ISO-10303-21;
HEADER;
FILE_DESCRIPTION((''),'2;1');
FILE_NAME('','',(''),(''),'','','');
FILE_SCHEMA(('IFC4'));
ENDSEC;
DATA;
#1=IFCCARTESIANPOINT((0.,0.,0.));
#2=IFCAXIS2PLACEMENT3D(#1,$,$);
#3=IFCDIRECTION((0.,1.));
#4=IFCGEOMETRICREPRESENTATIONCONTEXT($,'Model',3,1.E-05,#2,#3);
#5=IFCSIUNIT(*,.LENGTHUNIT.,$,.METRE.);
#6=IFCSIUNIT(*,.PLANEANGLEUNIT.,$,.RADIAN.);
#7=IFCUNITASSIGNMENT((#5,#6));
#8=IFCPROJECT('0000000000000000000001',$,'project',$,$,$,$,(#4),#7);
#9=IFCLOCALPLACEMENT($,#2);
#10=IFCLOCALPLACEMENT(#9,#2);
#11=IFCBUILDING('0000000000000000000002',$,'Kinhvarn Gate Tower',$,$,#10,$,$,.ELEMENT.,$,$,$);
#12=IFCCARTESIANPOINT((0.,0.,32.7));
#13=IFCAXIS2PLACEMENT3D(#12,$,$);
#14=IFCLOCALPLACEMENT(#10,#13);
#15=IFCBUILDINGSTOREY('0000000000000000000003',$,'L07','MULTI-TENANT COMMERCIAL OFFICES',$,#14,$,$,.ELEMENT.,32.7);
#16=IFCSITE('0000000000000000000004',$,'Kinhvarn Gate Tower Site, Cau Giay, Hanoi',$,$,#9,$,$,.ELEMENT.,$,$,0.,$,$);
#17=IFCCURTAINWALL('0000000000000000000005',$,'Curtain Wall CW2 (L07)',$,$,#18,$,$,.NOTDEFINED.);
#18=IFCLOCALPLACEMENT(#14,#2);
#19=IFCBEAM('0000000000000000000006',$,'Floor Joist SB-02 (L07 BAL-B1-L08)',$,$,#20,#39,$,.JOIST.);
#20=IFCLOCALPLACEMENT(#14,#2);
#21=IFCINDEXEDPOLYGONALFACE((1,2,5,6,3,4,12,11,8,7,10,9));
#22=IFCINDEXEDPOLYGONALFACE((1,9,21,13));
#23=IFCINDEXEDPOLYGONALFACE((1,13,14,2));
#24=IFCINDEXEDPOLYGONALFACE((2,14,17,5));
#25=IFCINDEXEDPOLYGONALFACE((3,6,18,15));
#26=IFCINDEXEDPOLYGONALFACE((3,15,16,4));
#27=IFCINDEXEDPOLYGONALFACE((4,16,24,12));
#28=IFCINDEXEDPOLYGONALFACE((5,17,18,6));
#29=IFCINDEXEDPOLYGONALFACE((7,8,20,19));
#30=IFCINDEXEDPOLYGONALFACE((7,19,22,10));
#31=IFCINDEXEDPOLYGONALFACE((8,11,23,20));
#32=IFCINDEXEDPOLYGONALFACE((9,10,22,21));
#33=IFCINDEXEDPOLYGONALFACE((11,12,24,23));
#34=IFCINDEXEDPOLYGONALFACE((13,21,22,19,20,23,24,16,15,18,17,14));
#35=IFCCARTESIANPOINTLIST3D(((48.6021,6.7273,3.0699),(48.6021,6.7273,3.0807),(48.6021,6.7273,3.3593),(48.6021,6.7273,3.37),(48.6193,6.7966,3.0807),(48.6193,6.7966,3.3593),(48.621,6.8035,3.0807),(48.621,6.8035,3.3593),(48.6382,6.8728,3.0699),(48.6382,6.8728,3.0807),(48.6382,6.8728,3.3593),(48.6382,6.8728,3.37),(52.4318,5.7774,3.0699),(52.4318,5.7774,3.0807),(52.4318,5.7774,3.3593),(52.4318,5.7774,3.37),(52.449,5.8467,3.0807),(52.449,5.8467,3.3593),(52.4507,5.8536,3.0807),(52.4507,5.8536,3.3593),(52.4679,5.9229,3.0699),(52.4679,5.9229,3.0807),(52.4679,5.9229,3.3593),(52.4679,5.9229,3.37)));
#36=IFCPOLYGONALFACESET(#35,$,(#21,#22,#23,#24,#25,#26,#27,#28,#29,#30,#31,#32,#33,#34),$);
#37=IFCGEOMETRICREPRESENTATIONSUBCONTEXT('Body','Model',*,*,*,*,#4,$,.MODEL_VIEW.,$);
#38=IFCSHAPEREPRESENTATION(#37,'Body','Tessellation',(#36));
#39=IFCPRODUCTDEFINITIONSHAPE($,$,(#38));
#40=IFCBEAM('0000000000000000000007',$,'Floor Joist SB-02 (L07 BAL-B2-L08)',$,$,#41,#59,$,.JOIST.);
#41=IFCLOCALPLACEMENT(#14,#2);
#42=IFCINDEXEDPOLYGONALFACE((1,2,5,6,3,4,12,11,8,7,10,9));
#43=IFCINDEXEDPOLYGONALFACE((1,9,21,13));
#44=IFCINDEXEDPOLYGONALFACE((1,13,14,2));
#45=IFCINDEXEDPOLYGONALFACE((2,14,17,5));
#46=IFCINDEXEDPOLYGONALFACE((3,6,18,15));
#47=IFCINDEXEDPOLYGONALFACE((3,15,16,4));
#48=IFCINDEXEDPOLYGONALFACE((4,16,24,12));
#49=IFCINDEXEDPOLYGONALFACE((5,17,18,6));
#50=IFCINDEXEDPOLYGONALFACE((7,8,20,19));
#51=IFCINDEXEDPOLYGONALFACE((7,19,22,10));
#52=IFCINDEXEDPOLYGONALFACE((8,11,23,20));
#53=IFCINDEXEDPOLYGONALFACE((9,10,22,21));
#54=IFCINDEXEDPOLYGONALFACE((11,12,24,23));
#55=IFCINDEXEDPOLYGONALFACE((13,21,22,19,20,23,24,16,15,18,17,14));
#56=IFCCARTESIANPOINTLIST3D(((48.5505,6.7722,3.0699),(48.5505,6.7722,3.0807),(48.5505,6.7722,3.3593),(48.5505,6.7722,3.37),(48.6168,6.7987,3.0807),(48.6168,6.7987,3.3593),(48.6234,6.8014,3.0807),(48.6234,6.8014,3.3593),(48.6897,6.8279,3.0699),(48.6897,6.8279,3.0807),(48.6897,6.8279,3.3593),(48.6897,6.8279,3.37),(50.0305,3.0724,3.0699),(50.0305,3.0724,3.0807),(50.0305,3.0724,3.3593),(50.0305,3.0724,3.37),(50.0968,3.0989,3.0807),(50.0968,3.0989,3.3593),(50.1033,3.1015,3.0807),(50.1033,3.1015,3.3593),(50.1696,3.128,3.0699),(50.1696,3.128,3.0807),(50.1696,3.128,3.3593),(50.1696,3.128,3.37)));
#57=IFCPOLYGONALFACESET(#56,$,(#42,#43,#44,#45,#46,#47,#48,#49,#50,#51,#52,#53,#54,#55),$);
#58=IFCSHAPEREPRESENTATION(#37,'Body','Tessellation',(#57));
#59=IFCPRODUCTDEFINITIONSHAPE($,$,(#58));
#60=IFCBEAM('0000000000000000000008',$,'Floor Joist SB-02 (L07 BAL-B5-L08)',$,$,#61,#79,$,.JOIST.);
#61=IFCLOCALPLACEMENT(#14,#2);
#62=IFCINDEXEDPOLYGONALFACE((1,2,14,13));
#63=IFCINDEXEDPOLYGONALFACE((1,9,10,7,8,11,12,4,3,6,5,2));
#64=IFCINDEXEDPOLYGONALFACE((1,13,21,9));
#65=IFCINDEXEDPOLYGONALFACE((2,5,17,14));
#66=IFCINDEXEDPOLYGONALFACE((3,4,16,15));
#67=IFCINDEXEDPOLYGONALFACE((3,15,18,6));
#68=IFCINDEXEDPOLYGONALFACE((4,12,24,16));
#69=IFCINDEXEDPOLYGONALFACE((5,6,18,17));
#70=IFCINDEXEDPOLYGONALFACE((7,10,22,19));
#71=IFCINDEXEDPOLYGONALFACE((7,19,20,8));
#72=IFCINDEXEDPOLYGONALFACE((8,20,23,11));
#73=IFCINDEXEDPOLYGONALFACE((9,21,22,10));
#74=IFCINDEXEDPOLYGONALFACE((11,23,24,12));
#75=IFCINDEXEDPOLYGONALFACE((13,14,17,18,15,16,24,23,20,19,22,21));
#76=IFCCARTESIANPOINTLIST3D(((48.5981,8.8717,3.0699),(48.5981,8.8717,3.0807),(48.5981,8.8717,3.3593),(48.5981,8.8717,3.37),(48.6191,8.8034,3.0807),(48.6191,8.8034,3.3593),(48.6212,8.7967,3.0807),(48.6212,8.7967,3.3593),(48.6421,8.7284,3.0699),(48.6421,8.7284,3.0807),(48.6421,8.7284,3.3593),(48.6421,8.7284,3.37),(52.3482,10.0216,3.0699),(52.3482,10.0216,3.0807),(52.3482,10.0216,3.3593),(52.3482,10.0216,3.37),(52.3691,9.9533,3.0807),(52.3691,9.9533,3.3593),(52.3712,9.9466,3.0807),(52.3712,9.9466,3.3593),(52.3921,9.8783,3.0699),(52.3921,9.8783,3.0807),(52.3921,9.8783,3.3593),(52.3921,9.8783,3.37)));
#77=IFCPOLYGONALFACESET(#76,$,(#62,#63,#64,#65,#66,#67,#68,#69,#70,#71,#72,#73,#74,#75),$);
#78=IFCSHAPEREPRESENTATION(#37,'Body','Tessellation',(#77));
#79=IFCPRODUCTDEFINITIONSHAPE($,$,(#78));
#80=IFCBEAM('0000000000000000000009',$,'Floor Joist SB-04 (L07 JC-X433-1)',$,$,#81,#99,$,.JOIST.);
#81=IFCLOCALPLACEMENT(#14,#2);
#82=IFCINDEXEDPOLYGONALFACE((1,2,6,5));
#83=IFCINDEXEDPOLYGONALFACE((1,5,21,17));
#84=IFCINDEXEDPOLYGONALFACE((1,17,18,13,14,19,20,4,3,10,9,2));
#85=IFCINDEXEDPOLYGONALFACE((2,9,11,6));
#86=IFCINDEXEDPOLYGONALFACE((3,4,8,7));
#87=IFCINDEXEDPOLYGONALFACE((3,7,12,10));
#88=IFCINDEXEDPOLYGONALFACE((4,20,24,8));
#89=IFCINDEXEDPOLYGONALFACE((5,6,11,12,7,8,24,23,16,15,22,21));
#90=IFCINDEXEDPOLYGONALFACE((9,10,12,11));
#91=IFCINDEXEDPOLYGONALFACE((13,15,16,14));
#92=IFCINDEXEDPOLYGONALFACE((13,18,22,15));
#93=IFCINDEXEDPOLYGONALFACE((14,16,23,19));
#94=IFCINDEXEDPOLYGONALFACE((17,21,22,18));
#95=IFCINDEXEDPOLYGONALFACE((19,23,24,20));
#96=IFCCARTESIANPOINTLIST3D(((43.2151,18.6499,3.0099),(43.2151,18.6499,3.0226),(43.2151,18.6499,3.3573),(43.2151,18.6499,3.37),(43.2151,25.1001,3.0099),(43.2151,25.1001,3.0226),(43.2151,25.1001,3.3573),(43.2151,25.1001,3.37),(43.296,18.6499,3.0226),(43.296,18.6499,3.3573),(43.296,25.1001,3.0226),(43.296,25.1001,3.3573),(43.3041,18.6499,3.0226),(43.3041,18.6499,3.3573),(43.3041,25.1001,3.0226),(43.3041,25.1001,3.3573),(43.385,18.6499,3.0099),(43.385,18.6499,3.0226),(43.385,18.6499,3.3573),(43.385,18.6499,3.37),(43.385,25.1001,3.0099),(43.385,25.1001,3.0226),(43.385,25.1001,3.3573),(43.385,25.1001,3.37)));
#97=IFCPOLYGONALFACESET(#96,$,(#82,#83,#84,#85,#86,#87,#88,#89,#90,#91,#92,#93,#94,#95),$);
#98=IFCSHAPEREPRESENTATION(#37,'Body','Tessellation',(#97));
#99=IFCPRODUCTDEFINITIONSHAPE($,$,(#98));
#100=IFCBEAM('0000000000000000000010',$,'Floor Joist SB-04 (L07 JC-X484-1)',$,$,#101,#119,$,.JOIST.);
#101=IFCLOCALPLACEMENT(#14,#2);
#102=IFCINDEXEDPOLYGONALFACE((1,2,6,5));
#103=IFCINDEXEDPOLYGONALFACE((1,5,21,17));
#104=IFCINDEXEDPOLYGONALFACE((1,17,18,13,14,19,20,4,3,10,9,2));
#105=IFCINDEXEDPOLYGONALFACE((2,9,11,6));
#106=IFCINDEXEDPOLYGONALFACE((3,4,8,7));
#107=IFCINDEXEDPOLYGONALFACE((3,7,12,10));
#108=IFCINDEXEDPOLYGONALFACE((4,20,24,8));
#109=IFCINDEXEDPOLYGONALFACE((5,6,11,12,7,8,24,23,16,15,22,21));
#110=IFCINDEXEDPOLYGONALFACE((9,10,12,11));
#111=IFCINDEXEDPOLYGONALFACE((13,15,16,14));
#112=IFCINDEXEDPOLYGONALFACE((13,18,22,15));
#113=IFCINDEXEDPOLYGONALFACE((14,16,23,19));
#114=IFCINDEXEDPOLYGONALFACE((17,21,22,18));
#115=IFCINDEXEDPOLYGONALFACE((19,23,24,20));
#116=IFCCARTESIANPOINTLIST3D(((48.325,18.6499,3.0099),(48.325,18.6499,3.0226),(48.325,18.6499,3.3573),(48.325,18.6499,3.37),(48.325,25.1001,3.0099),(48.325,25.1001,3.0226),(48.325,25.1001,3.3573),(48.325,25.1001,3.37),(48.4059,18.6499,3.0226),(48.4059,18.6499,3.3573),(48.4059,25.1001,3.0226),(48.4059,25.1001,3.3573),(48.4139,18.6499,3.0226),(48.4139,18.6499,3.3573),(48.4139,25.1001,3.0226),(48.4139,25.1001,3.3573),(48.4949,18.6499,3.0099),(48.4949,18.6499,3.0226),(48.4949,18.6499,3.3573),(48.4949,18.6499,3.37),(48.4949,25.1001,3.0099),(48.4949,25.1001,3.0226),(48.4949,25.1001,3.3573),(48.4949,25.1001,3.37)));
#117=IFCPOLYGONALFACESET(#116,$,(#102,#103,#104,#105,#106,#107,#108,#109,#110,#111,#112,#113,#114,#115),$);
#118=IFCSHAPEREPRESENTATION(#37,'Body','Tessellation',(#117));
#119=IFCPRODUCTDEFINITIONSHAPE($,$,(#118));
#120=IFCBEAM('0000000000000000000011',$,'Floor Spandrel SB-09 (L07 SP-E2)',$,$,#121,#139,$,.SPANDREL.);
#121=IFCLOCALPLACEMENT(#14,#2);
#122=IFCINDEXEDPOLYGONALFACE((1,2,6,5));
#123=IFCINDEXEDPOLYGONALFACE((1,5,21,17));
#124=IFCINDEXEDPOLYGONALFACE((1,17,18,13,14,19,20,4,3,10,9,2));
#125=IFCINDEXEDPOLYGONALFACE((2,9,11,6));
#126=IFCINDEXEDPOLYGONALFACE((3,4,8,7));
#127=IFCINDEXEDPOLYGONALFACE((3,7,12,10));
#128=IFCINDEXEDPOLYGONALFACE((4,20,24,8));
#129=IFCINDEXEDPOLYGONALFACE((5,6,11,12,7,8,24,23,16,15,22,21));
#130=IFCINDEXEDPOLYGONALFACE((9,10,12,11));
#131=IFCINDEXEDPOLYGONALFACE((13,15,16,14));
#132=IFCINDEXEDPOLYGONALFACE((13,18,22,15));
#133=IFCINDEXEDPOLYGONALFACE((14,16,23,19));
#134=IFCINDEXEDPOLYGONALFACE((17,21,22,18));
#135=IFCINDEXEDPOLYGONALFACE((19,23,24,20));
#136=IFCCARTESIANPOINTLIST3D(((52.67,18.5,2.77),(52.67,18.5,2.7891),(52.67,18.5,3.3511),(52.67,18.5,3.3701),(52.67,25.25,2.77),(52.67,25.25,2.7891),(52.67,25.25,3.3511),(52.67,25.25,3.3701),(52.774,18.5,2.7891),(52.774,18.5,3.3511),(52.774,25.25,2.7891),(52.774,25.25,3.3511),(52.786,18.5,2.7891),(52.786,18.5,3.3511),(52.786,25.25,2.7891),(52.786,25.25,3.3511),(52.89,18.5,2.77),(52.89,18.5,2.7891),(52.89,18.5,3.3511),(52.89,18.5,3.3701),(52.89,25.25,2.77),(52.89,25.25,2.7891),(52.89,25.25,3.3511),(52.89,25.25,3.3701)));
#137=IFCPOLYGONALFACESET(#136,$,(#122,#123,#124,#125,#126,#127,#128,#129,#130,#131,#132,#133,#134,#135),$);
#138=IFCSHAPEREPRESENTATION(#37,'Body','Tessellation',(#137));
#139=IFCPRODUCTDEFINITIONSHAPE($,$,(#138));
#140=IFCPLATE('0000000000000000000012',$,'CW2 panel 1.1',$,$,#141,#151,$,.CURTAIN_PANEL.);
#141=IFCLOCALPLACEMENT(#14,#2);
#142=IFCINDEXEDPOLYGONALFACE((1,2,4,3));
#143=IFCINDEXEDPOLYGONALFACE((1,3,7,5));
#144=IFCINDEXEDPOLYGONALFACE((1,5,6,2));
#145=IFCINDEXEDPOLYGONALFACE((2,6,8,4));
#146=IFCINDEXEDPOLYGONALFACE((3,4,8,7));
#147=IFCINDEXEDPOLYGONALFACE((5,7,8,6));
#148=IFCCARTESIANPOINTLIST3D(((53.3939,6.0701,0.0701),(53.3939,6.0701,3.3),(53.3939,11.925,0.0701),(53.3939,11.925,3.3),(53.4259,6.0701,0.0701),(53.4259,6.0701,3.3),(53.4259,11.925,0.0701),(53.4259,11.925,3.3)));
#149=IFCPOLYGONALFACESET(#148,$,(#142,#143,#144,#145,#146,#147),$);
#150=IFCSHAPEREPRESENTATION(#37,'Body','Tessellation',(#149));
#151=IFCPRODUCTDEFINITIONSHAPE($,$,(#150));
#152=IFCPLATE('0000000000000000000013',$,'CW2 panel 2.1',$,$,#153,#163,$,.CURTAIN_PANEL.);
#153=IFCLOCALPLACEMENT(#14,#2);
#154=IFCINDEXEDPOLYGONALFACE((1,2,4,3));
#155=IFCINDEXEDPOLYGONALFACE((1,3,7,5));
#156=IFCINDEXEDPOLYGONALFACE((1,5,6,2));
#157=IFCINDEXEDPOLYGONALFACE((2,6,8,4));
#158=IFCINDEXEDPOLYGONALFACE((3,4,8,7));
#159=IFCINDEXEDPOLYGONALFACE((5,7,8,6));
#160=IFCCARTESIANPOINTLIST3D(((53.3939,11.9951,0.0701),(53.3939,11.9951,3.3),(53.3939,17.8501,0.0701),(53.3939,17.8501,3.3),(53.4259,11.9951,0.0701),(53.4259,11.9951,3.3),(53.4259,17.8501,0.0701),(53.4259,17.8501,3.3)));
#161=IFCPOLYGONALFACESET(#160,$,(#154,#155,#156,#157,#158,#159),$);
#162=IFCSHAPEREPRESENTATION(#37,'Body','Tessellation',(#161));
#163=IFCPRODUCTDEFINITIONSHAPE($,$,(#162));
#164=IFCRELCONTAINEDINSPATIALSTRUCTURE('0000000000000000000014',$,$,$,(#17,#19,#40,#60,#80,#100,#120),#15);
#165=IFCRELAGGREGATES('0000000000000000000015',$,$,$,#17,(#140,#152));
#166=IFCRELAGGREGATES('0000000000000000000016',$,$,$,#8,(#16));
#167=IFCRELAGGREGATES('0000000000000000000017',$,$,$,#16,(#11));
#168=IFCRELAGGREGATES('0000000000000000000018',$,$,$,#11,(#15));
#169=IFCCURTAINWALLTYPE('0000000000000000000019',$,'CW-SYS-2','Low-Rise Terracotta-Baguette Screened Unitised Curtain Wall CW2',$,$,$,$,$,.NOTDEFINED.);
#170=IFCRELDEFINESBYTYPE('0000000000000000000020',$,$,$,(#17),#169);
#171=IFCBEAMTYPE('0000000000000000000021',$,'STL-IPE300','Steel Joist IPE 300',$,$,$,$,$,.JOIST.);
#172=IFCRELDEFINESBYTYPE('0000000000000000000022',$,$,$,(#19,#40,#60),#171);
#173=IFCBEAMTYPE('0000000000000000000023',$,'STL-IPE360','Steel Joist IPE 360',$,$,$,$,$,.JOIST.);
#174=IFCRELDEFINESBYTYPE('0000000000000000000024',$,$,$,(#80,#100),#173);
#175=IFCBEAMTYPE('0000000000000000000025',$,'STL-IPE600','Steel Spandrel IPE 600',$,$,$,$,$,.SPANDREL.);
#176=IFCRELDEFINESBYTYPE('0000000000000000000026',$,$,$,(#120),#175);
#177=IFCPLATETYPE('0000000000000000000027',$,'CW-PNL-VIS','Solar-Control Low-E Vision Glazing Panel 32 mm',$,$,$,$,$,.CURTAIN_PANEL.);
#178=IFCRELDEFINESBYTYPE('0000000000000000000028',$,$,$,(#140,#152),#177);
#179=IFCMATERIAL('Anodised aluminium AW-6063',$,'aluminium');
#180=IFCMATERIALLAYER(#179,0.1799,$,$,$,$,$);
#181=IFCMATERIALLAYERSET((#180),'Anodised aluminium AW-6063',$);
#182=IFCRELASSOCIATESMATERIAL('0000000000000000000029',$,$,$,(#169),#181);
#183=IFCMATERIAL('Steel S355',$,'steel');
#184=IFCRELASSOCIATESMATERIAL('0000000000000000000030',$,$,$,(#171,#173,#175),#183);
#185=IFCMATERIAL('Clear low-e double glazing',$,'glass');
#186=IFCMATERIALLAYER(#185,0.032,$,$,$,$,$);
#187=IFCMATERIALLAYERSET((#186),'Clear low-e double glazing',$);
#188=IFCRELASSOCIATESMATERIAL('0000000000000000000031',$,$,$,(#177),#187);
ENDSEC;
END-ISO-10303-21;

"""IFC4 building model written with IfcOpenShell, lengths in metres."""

from ifc_helpers import new_model, si_unit, direction, frame, origin, origin_2d, place, context, subcontext, project, spatial, rectangle, i_section, extrude, material, layer, layer_set, material_profile, profile_set, type_object, element, aggregate, save


model = new_model("IFC4")

# Units and contexts
model_context = context("Model", 3, precision=1e-05, world=origin(), true_north=direction((0.0, 1.0)))
body_context = subcontext(model_context, "Body", "Model", "MODEL_VIEW")
ifc_project = project(units=[si_unit("LENGTHUNIT", "METRE"), si_unit("PLANEANGLEUNIT", "RADIAN")], contexts=[model_context])

# Site, building, storey
site_placement = place(None, origin())
site = spatial("IfcSite", under=ifc_project, at=site_placement, Name="Kinhvarn Gate Tower Site, Cau Giay, Hanoi", CompositionType="ELEMENT", RefElevation=0.0)
building_placement = place(site_placement, origin())
building = spatial("IfcBuilding", under=site, at=building_placement, Name="Kinhvarn Gate Tower", CompositionType="ELEMENT")
storey_placement = place(building_placement, frame((0.0, 0.0, 32.7)))
storey = spatial("IfcBuildingStorey", under=building, at=storey_placement, Name="L07", Description="MULTI-TENANT COMMERCIAL OFFICES", CompositionType="ELEMENT", Elevation=32.7)

# Curtain wall
ifc_material_1 = material(Name="Anodised aluminium AW-6063", Category="aluminium")
ifc_layer_1 = layer(ifc_material_1, 0.1799)
ifc_layer_set_1 = layer_set([ifc_layer_1], Name="Anodised aluminium AW-6063")
curtain_wall_type = type_object("IfcCurtainWallType", Name="CW-SYS-2", Description="Low-Rise Terracotta-Baguette Screened Unitised Curtain Wall CW2", PredefinedType="NOTDEFINED", material=ifc_layer_set_1)
curtain_wall_1_placement = place(storey_placement, origin())
curtain_wall_1 = element("IfcCurtainWall", 1, at=curtain_wall_1_placement, inside=storey, type_object=curtain_wall_type, Name="Curtain Wall CW2 (L07)", PredefinedType="NOTDEFINED")

# Beams
ifc_material_2 = material(Name="Steel S355", Category="steel")
ifc_material_profile_1 = material_profile(ifc_material_2, i_section(OverallWidth=0.1499, OverallDepth=0.3, WebThickness=0.0071, FlangeThickness=0.0107, at=origin_2d()), Name="IPE 300")
ifc_profile_set_1 = profile_set([ifc_material_profile_1], Name="Steel S355")
beam_type_1 = type_object("IfcBeamType", Name="STL-IPE300", Description="Steel Joist IPE 300", PredefinedType="JOIST", material=ifc_profile_set_1)
beam_1_placement = place(storey_placement, frame((48.6201, 6.8, 3.22), z_axis=(0.970589, -0.240745, 0.0), x_axis=(0.240745, 0.970589, 0.0)))
element("IfcBeam", 2, at=beam_1_placement, inside=storey, type_object=beam_type_1, Name="Floor Joist SB-02 (L07 BAL-B1-L08)", PredefinedType="JOIST", context=body_context, shape_type="SweptSolid", body=[
    extrude(i_section(OverallWidth=0.1499, OverallDepth=0.3, WebThickness=0.0071, FlangeThickness=0.0107, at=origin_2d()), origin(), (0.0, 0.0, 1.0), 3.9458),
])
beam_2_placement = place(storey_placement, frame((48.6201, 6.8, 3.22), z_axis=(0.371391, -0.928477, 0.0), x_axis=(0.928477, 0.371391, 0.0)))
element("IfcBeam", 3, at=beam_2_placement, inside=storey, type_object=beam_type_1, Name="Floor Joist SB-02 (L07 BAL-B2-L08)", PredefinedType="JOIST", context=body_context, shape_type="SweptSolid", body=[
    extrude(i_section(OverallWidth=0.1499, OverallDepth=0.3, WebThickness=0.0071, FlangeThickness=0.0107, at=origin_2d()), origin(), (0.0, 0.0, 1.0), 3.9849),
])
beam_3_placement = place(storey_placement, frame((48.6201, 8.8, 3.22), z_axis=(0.956061, 0.293167, 0.0), x_axis=(-0.293167, 0.956061, 0.0)))
element("IfcBeam", 4, at=beam_3_placement, inside=storey, type_object=beam_type_1, Name="Floor Joist SB-02 (L07 BAL-B5-L08)", PredefinedType="JOIST", context=body_context, shape_type="SweptSolid", body=[
    extrude(i_section(OverallWidth=0.1499, OverallDepth=0.3, WebThickness=0.0071, FlangeThickness=0.0107, at=origin_2d()), origin(), (0.0, 0.0, 1.0), 3.9224),
])
ifc_material_profile_2 = material_profile(ifc_material_2, i_section(OverallWidth=0.1699, OverallDepth=0.3601, WebThickness=0.0081, FlangeThickness=0.0127, at=origin_2d()), Name="IPE 360")
ifc_profile_set_2 = profile_set([ifc_material_profile_2], Name="Steel S355")
beam_type_2 = type_object("IfcBeamType", Name="STL-IPE360", Description="Steel Joist IPE 360", PredefinedType="JOIST", material=ifc_profile_set_2)
for number, where, z_axis, x_axis, name in (
    (5, (43.3, 18.6499, 3.1899), (0.0, 1.0, 0.0), (-1.0, 0.0, 0.0), "Floor Joist SB-04 (L07 JC-X433-1)"),
    (6, (48.4099, 18.6499, 3.1899), (0.0, 1.0, 0.0), (-1.0, 0.0, 0.0), "Floor Joist SB-04 (L07 JC-X484-1)"),
):
    element("IfcBeam", number, at=place(storey_placement, frame(where, z_axis=z_axis, x_axis=x_axis)), inside=storey, type_object=beam_type_2, Name=name, PredefinedType="JOIST", context=body_context, shape_type="SweptSolid", body=[
        extrude(i_section(OverallWidth=0.1699, OverallDepth=0.3601, WebThickness=0.0081, FlangeThickness=0.0127, at=origin_2d()), origin(), (0.0, 0.0, 1.0), 6.4502),
    ])
ifc_material_profile_3 = material_profile(ifc_material_2, i_section(OverallWidth=0.22, OverallDepth=0.6001, WebThickness=0.012, FlangeThickness=0.019, at=origin_2d()), Name="IPE 600")
ifc_profile_set_3 = profile_set([ifc_material_profile_3], Name="Steel S355")
beam_type_3 = type_object("IfcBeamType", Name="STL-IPE600", Description="Steel Spandrel IPE 600", PredefinedType="SPANDREL", material=ifc_profile_set_3)
beam_4_placement = place(storey_placement, frame((52.78, 18.5, 3.0701), z_axis=(0.0, 1.0, 0.0), x_axis=(-1.0, 0.0, 0.0)))
element("IfcBeam", 7, at=beam_4_placement, inside=storey, type_object=beam_type_3, Name="Floor Spandrel SB-09 (L07 SP-E2)", PredefinedType="SPANDREL", context=body_context, shape_type="SweptSolid", body=[
    extrude(i_section(OverallWidth=0.22, OverallDepth=0.6001, WebThickness=0.012, FlangeThickness=0.019, at=origin_2d()), origin(), (0.0, 0.0, 1.0), 6.75),
])

# Plates
ifc_material_3 = material(Name="Clear low-e double glazing", Category="glass")
ifc_layer_2 = layer(ifc_material_3, 0.032)
ifc_layer_set_2 = layer_set([ifc_layer_2], Name="Clear low-e double glazing")
plate_type = type_object("IfcPlateType", Name="CW-PNL-VIS", Description="Solar-Control Low-E Vision Glazing Panel 32 mm", PredefinedType="CURTAIN_PANEL", material=ifc_layer_set_2)
plate_1_placement = place(storey_placement, frame((53.4099, 8.9976, 0.0701), z_axis=(0.0, 0.0, 1.0), x_axis=(0.0, 1.0, 0.0)))
plate_1 = element("IfcPlate", 8, at=plate_1_placement, type_object=plate_type, Name="CW2 panel 1.1", PredefinedType="CURTAIN_PANEL", context=body_context, shape_type="SweptSolid", body=[
    extrude(rectangle(XDim=5.855, YDim=0.032, at=origin_2d()), origin(), (0.0, 0.0, 1.0), 3.23),
])
plate_2_placement = place(storey_placement, frame((53.4099, 14.9226, 0.0701), z_axis=(0.0, 0.0, 1.0), x_axis=(0.0, 1.0, 0.0)))
plate_2 = element("IfcPlate", 9, at=plate_2_placement, type_object=plate_type, Name="CW2 panel 2.1", PredefinedType="CURTAIN_PANEL", context=body_context, shape_type="SweptSolid", body=[
    extrude(rectangle(XDim=5.855, YDim=0.032, at=origin_2d()), origin(), (0.0, 0.0, 1.0), 3.23),
])
aggregate(curtain_wall_1, [plate_1, plate_2])

save(model, "model.ifc")
